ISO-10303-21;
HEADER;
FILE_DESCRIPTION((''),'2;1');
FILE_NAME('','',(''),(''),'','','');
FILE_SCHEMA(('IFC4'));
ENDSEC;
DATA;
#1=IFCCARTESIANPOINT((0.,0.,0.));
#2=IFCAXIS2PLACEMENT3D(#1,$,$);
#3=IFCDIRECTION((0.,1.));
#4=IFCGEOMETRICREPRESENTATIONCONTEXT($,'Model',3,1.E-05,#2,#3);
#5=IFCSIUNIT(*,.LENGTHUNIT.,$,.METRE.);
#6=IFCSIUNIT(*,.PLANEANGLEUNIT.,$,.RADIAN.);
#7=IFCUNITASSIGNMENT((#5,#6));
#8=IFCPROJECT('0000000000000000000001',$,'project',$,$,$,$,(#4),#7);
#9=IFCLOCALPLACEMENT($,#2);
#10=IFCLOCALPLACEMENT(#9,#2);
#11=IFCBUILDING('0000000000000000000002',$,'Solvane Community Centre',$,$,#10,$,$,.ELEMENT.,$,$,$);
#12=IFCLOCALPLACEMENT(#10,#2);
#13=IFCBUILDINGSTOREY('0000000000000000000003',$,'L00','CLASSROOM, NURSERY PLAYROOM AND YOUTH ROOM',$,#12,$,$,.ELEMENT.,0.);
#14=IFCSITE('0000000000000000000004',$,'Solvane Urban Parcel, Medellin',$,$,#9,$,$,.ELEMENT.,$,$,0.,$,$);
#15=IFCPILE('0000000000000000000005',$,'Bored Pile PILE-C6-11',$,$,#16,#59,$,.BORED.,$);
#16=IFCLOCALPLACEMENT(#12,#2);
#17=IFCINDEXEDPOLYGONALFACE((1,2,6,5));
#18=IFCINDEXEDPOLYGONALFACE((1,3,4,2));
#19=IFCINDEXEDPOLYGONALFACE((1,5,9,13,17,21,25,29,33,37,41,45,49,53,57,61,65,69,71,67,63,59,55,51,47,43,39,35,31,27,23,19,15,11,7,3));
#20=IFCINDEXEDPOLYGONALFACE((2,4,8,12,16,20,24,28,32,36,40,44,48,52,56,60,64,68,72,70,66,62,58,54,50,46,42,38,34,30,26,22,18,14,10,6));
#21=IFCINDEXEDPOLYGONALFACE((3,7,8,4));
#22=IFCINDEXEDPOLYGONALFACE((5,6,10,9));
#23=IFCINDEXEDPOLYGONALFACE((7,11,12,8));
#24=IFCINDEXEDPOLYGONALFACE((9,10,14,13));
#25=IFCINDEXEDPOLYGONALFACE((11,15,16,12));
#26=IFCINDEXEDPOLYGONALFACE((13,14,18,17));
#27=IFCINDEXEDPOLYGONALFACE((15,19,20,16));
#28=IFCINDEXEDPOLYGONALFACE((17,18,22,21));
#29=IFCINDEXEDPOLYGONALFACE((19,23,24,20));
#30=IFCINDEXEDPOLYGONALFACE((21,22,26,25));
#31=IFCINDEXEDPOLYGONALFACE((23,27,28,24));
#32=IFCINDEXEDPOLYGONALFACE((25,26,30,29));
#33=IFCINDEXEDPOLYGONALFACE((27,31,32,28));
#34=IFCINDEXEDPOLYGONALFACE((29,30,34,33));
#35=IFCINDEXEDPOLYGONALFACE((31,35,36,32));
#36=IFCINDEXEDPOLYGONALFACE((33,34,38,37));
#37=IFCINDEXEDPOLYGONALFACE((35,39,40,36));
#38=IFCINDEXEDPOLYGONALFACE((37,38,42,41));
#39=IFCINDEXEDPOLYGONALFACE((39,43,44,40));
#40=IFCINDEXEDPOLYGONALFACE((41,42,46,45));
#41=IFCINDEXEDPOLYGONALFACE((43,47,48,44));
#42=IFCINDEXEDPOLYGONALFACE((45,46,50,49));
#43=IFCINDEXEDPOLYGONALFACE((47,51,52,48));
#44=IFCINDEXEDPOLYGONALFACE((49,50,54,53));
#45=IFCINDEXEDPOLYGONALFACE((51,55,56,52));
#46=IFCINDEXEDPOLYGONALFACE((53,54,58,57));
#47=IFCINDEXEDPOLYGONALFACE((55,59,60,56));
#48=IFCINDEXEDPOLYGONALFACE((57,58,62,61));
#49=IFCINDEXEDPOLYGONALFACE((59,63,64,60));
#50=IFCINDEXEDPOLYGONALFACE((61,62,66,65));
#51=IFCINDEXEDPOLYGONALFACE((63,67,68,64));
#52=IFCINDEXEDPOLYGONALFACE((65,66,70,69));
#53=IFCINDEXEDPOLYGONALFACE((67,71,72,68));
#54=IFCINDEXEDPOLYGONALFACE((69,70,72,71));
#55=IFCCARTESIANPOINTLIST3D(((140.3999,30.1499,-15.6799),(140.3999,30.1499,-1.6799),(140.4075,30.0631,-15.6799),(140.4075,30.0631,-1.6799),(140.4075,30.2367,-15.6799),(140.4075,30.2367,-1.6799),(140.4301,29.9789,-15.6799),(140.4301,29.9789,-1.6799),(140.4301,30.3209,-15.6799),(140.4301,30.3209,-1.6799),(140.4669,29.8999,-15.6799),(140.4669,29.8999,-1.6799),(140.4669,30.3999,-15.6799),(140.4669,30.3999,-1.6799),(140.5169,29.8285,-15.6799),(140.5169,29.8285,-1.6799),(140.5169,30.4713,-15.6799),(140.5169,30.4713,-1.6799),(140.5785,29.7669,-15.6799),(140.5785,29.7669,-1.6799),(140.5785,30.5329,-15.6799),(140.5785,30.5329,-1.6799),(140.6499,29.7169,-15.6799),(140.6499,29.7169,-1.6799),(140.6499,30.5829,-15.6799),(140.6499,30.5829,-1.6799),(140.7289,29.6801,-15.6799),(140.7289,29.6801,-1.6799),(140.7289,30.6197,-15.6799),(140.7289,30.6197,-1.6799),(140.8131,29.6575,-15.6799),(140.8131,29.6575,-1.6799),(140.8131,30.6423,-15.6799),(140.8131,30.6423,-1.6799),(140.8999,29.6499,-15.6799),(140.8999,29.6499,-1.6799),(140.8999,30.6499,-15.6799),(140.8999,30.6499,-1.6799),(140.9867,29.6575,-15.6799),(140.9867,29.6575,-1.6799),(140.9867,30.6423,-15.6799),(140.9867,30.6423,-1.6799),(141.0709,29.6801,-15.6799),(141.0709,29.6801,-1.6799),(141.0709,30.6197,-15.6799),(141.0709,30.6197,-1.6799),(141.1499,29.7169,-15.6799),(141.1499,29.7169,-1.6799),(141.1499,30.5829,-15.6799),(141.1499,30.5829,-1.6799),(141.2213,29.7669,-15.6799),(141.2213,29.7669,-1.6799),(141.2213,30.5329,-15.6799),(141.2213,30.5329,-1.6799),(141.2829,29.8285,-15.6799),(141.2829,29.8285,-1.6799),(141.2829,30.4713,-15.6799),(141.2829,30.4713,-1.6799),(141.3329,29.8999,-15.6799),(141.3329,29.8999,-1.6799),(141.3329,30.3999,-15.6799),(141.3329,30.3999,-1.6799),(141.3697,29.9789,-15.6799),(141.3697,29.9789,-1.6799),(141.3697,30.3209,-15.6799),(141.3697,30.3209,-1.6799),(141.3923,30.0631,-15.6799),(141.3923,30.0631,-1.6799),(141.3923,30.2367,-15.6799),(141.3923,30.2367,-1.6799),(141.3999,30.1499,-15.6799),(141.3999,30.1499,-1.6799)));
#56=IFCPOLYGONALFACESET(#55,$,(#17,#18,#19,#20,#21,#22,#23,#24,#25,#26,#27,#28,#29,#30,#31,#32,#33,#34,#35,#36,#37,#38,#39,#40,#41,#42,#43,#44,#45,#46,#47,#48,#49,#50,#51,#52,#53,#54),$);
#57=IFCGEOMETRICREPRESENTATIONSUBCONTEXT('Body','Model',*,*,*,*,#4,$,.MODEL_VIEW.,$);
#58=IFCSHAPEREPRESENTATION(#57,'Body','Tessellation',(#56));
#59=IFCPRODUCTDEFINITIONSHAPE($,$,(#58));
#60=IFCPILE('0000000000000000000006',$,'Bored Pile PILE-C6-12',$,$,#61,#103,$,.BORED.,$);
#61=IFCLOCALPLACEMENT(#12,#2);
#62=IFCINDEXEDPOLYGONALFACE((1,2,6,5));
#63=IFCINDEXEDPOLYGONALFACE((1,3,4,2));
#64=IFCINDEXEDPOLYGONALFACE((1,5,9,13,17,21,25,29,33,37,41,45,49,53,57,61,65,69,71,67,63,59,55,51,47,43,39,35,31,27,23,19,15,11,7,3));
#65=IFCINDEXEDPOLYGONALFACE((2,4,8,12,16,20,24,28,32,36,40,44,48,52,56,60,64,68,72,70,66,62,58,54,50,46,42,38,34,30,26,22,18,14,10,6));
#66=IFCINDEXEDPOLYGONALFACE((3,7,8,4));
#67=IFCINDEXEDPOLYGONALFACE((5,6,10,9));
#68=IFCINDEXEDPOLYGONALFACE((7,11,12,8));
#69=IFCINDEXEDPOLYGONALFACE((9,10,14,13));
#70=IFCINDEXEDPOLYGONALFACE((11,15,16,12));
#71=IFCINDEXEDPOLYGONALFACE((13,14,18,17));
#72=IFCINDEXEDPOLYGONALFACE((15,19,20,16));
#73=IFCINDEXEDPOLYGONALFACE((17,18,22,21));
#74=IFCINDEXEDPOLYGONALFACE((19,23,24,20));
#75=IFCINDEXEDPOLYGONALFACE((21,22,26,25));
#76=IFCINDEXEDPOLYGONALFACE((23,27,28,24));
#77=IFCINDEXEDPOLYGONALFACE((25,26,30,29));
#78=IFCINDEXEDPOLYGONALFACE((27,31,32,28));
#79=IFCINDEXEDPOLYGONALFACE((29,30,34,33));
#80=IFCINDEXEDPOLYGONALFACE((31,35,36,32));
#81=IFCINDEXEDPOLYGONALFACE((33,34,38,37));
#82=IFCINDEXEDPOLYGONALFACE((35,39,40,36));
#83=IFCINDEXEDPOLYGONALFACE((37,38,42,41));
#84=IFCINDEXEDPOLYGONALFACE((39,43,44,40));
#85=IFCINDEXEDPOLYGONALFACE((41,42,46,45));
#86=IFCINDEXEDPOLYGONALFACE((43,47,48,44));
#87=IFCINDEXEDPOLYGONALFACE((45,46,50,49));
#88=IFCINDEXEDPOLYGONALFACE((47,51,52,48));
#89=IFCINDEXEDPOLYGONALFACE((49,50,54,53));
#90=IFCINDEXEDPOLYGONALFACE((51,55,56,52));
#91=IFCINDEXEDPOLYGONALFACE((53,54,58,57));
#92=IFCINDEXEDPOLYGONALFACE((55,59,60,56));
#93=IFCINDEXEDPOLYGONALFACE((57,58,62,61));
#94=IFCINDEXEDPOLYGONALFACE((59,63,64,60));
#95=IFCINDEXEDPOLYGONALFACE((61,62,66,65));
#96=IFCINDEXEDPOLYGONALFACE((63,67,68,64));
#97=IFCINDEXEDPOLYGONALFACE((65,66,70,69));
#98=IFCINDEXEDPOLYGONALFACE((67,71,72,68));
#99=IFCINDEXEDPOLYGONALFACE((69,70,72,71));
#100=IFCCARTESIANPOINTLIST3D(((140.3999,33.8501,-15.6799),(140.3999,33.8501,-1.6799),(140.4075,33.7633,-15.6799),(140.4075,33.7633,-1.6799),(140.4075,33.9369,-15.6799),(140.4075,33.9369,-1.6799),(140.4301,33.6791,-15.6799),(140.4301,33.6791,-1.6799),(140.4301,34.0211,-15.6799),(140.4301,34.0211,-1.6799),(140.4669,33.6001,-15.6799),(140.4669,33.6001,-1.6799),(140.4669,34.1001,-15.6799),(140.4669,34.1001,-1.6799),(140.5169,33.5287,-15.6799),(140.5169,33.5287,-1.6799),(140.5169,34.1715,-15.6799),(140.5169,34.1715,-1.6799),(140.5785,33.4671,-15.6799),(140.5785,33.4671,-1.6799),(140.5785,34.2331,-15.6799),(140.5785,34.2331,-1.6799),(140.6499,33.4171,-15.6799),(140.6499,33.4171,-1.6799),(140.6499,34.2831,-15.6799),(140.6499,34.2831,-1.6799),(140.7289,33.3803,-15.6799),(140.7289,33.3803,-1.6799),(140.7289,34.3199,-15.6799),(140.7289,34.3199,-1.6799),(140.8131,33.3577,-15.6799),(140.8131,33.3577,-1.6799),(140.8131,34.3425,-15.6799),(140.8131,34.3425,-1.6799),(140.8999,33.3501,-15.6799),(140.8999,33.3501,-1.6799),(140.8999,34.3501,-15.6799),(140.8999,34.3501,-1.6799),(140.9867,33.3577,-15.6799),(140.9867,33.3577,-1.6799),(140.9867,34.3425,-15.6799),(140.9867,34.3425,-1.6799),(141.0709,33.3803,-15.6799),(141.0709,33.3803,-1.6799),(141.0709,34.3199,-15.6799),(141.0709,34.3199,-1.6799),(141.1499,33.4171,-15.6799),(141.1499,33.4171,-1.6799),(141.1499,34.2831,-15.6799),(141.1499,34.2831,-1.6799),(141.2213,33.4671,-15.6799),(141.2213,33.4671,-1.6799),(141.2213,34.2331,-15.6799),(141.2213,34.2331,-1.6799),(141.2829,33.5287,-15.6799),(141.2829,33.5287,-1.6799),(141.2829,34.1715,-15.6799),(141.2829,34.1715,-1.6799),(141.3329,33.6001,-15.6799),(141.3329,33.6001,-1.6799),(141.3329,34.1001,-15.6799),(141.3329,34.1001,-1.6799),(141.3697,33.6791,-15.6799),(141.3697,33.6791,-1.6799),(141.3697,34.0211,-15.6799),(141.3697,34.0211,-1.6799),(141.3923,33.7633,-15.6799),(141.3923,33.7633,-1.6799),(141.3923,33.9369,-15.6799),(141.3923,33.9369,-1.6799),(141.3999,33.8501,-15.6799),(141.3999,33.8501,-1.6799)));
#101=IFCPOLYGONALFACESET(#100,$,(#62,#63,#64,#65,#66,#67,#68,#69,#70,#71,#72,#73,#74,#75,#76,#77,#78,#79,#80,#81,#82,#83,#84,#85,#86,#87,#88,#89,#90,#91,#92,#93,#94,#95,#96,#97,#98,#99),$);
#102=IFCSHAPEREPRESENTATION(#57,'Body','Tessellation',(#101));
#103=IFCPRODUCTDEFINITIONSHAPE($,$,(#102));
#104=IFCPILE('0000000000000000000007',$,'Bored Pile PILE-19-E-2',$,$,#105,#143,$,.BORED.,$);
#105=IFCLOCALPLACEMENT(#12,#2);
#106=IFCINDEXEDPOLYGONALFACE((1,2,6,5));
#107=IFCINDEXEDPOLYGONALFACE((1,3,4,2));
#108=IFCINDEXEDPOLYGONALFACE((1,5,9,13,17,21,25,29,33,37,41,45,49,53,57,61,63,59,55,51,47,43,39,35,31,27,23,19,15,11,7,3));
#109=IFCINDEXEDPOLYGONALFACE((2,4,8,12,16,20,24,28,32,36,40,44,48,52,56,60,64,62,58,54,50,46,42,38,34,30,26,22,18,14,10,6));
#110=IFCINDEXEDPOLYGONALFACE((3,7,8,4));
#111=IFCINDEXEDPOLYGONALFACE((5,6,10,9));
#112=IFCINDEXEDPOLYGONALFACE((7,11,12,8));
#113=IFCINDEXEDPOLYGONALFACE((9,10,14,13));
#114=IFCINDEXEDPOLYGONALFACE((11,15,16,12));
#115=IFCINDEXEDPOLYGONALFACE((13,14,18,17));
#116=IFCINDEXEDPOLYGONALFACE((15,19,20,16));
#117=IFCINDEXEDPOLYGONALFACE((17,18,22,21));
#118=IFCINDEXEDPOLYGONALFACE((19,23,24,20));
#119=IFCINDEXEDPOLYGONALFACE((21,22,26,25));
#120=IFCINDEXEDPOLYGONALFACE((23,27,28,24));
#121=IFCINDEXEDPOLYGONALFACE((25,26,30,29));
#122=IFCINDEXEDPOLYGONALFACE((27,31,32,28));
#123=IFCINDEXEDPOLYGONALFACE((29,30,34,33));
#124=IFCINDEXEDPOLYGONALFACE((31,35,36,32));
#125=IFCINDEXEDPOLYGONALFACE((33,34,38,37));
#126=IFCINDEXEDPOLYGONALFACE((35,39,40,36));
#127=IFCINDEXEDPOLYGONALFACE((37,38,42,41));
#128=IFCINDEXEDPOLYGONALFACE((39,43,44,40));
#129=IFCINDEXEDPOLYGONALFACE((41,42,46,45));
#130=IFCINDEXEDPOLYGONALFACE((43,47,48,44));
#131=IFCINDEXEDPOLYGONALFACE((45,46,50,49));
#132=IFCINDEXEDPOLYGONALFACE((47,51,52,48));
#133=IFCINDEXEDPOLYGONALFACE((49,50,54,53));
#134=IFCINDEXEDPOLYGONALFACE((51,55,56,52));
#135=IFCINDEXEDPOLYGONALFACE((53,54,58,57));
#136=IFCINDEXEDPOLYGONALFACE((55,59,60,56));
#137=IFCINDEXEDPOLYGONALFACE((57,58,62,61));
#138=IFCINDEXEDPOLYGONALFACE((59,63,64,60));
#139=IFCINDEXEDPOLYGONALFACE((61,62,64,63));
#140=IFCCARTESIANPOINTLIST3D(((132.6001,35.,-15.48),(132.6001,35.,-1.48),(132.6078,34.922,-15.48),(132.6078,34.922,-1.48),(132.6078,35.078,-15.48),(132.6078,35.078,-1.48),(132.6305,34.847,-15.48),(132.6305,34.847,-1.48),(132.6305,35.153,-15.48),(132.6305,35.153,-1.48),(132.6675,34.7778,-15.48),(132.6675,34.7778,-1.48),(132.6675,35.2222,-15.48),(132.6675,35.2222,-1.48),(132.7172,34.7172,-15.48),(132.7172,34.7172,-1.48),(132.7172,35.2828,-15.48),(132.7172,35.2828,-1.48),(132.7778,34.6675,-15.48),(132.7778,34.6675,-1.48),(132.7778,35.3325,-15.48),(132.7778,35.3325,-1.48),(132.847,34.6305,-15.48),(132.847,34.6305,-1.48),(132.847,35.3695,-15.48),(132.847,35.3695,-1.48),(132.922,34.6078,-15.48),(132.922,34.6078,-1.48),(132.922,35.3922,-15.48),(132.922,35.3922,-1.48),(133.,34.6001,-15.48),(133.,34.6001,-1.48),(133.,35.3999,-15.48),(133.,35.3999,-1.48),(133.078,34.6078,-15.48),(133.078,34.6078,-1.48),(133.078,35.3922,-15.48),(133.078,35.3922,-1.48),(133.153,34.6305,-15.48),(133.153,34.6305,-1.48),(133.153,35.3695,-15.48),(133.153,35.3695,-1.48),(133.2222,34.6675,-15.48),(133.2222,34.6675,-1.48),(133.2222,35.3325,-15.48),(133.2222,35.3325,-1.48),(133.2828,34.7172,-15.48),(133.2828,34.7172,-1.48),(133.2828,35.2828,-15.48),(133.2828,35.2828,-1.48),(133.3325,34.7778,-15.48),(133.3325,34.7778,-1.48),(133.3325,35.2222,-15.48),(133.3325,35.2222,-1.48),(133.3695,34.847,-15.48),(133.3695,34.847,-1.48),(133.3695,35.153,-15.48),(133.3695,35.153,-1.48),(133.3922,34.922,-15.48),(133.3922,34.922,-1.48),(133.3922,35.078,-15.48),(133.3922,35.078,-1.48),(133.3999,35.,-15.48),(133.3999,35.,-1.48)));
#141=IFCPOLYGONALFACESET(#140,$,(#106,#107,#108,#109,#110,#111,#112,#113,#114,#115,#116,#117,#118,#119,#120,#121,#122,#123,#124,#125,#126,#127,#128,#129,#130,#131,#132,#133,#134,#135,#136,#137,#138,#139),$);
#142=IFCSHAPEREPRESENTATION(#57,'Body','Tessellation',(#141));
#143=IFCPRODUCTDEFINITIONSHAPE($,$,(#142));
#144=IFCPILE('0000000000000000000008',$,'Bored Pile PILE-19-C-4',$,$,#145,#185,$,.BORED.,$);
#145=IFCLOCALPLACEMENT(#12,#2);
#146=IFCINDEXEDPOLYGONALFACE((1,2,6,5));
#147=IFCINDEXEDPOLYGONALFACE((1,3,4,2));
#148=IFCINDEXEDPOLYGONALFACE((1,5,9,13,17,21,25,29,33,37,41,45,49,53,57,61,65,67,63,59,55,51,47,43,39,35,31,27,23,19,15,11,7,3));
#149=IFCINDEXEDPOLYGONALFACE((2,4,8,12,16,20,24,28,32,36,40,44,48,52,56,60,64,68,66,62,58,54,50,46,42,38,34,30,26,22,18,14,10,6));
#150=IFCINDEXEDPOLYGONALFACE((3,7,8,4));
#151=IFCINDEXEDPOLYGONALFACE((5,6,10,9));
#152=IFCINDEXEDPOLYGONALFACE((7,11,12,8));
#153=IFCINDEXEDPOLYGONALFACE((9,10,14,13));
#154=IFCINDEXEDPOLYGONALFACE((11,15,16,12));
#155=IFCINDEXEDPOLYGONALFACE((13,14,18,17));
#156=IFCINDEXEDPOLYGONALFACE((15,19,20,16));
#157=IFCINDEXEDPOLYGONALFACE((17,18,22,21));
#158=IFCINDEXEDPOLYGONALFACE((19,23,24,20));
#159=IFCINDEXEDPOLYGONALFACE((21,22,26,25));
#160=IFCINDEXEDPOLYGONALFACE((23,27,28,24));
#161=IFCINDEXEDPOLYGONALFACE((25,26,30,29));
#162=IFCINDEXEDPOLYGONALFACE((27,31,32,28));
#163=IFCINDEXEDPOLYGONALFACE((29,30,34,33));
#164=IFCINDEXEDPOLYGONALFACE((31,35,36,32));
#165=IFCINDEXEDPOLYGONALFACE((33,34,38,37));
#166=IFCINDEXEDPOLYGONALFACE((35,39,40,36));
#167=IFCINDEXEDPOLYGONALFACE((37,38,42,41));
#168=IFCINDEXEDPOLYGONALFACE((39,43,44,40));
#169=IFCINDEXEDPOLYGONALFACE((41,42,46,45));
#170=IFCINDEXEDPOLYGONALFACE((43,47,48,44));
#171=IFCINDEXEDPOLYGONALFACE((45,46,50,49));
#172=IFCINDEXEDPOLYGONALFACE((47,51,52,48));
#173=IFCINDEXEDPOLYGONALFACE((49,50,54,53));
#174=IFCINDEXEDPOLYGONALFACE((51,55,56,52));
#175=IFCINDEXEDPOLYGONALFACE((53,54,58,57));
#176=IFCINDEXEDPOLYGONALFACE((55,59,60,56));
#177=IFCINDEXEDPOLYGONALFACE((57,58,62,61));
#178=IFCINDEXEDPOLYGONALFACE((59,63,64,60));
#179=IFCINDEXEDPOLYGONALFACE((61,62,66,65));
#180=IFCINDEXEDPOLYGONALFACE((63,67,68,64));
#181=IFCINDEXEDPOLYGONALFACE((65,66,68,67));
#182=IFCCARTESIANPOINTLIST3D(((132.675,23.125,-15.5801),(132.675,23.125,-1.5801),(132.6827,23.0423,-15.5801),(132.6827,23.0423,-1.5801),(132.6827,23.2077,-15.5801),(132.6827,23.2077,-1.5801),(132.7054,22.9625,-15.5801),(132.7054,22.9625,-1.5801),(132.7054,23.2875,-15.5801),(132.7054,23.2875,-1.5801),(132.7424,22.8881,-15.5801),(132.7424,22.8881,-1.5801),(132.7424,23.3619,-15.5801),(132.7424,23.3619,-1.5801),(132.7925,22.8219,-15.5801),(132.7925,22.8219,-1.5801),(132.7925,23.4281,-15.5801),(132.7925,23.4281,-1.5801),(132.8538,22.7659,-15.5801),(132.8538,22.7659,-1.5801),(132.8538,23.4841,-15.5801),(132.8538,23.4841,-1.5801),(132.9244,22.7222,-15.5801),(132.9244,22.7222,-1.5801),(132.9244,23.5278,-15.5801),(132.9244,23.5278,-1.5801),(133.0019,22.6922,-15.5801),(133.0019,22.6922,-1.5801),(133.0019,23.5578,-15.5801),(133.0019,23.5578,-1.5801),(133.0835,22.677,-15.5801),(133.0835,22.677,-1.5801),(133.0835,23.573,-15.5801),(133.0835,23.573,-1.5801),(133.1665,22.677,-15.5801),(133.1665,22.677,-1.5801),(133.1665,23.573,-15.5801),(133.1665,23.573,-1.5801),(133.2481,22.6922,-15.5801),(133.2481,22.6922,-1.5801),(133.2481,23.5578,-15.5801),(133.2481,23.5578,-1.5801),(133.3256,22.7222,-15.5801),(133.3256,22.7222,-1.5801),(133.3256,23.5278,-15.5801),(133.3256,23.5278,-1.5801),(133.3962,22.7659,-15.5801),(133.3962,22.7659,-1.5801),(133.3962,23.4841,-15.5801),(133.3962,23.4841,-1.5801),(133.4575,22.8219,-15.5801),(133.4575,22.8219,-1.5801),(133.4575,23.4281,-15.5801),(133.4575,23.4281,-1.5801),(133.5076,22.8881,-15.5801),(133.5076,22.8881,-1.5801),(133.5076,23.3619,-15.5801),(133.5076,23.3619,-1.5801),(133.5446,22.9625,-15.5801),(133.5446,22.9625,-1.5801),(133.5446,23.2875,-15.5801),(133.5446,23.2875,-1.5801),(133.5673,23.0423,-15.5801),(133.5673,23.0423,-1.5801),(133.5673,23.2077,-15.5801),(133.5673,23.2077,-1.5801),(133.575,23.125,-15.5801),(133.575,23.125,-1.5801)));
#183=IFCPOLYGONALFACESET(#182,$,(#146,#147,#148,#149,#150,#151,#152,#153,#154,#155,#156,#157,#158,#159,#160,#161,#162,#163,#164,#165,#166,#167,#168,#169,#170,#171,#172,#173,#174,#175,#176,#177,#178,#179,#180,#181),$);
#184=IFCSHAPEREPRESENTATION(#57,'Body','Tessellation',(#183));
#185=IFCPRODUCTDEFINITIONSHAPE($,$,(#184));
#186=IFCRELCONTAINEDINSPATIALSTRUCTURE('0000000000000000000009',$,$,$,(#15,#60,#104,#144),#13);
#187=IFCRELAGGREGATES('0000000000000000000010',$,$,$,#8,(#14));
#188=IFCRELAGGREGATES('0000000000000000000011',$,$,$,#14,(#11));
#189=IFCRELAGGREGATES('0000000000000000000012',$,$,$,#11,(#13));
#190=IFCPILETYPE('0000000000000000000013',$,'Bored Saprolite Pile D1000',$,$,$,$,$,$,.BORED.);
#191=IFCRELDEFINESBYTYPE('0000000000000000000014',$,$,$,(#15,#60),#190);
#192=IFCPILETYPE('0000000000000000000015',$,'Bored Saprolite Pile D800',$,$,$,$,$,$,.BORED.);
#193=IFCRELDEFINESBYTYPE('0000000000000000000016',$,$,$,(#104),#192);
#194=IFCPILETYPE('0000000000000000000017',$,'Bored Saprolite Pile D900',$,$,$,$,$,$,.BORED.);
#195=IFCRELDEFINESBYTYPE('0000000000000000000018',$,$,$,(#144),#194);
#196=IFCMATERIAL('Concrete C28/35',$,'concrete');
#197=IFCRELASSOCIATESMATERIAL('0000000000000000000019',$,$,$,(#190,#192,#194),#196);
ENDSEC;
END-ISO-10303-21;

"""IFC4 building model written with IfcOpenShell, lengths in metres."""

from ifc_helpers import new_model, si_unit, direction, frame, origin, origin_2d, place, context, subcontext, project, spatial, circle, extrude, material, material_profile, profile_set, type_object, element, save


model = new_model("IFC4")

# Units and contexts
model_context = context("Model", 3, precision=1e-05, world=origin(), true_north=direction((0.0, 1.0)))
body_context = subcontext(model_context, "Body", "Model", "MODEL_VIEW")
ifc_project = project(units=[si_unit("LENGTHUNIT", "METRE"), si_unit("PLANEANGLEUNIT", "RADIAN")], contexts=[model_context])

# Site, building, storey
site_placement = place(None, origin())
site = spatial("IfcSite", under=ifc_project, at=site_placement, Name="Solvane Urban Parcel, Medellin", CompositionType="ELEMENT", RefElevation=0.0)
building_placement = place(site_placement, origin())
building = spatial("IfcBuilding", under=site, at=building_placement, Name="Solvane Community Centre", CompositionType="ELEMENT")
storey_placement = place(building_placement, origin())
storey = spatial("IfcBuildingStorey", under=building, at=storey_placement, Name="L00", Description="CLASSROOM, NURSERY PLAYROOM AND YOUTH ROOM", CompositionType="ELEMENT", Elevation=0.0)

# Piles
ifc_material_1 = material(Name="Concrete C28/35", Category="concrete")
ifc_material_profile_1 = material_profile(ifc_material_1, circle(Radius=0.5, at=origin_2d()), Name="PILE D1000")
ifc_profile_set_1 = profile_set([ifc_material_profile_1], Name="Concrete C28/35")
pile_type_1 = type_object("IfcPileType", Name="Bored Saprolite Pile D1000", PredefinedType="BORED", material=ifc_profile_set_1)
for number, where, z_axis, x_axis, name in (
    (1, (140.8999, 30.1499, -1.6799), (0.0, 0.0, -1.0), (1.0, 0.0, 0.0), "Bored Pile PILE-C6-11"),
    (2, (140.8999, 33.8501, -1.6799), (0.0, 0.0, -1.0), (1.0, 0.0, 0.0), "Bored Pile PILE-C6-12"),
):
    element("IfcPile", number, at=place(storey_placement, frame(where, z_axis=z_axis, x_axis=x_axis)), inside=storey, type_object=pile_type_1, Name=name, PredefinedType="BORED", context=body_context, shape_type="SweptSolid", body=[
        extrude(circle(Radius=0.5, at=origin_2d()), origin(), (0.0, 0.0, 1.0), 14.0),
    ])
ifc_material_profile_2 = material_profile(ifc_material_1, circle(Radius=0.3999, at=origin_2d()), Name="PILE D800")
ifc_profile_set_2 = profile_set([ifc_material_profile_2], Name="Concrete C28/35")
pile_type_2 = type_object("IfcPileType", Name="Bored Saprolite Pile D800", PredefinedType="BORED", material=ifc_profile_set_2)
pile_placement = place(storey_placement, frame((133.0, 35.0, -1.48), z_axis=(0.0, 0.0, -1.0), x_axis=(1.0, 0.0, 0.0)))
element("IfcPile", 3, at=pile_placement, inside=storey, type_object=pile_type_2, Name="Bored Pile PILE-19-E-2", PredefinedType="BORED", context=body_context, shape_type="SweptSolid", body=[
    extrude(circle(Radius=0.3999, at=origin_2d()), origin(), (0.0, 0.0, 1.0), 14.0),
])
ifc_material_profile_3 = material_profile(ifc_material_1, circle(Radius=0.45, at=origin_2d()), Name="PILE D900")
ifc_profile_set_3 = profile_set([ifc_material_profile_3], Name="Concrete C28/35")
pile_type_3 = type_object("IfcPileType", Name="Bored Saprolite Pile D900", PredefinedType="BORED", material=ifc_profile_set_3)
for number, where, z_axis, x_axis, name in (
    (4, (133.125, 23.125, -1.5801), (0.0, 0.0, -1.0), (1.0, 0.0, 0.0), "Bored Pile PILE-19-C-4"),
):
    element("IfcPile", number, at=place(storey_placement, frame(where, z_axis=z_axis, x_axis=x_axis)), inside=storey, type_object=pile_type_3, Name=name, PredefinedType="BORED", context=body_context, shape_type="SweptSolid", body=[
        extrude(circle(Radius=0.45, at=origin_2d()), origin(), (0.0, 0.0, 1.0), 14.0),
    ])

save(model, "model.ifc")
